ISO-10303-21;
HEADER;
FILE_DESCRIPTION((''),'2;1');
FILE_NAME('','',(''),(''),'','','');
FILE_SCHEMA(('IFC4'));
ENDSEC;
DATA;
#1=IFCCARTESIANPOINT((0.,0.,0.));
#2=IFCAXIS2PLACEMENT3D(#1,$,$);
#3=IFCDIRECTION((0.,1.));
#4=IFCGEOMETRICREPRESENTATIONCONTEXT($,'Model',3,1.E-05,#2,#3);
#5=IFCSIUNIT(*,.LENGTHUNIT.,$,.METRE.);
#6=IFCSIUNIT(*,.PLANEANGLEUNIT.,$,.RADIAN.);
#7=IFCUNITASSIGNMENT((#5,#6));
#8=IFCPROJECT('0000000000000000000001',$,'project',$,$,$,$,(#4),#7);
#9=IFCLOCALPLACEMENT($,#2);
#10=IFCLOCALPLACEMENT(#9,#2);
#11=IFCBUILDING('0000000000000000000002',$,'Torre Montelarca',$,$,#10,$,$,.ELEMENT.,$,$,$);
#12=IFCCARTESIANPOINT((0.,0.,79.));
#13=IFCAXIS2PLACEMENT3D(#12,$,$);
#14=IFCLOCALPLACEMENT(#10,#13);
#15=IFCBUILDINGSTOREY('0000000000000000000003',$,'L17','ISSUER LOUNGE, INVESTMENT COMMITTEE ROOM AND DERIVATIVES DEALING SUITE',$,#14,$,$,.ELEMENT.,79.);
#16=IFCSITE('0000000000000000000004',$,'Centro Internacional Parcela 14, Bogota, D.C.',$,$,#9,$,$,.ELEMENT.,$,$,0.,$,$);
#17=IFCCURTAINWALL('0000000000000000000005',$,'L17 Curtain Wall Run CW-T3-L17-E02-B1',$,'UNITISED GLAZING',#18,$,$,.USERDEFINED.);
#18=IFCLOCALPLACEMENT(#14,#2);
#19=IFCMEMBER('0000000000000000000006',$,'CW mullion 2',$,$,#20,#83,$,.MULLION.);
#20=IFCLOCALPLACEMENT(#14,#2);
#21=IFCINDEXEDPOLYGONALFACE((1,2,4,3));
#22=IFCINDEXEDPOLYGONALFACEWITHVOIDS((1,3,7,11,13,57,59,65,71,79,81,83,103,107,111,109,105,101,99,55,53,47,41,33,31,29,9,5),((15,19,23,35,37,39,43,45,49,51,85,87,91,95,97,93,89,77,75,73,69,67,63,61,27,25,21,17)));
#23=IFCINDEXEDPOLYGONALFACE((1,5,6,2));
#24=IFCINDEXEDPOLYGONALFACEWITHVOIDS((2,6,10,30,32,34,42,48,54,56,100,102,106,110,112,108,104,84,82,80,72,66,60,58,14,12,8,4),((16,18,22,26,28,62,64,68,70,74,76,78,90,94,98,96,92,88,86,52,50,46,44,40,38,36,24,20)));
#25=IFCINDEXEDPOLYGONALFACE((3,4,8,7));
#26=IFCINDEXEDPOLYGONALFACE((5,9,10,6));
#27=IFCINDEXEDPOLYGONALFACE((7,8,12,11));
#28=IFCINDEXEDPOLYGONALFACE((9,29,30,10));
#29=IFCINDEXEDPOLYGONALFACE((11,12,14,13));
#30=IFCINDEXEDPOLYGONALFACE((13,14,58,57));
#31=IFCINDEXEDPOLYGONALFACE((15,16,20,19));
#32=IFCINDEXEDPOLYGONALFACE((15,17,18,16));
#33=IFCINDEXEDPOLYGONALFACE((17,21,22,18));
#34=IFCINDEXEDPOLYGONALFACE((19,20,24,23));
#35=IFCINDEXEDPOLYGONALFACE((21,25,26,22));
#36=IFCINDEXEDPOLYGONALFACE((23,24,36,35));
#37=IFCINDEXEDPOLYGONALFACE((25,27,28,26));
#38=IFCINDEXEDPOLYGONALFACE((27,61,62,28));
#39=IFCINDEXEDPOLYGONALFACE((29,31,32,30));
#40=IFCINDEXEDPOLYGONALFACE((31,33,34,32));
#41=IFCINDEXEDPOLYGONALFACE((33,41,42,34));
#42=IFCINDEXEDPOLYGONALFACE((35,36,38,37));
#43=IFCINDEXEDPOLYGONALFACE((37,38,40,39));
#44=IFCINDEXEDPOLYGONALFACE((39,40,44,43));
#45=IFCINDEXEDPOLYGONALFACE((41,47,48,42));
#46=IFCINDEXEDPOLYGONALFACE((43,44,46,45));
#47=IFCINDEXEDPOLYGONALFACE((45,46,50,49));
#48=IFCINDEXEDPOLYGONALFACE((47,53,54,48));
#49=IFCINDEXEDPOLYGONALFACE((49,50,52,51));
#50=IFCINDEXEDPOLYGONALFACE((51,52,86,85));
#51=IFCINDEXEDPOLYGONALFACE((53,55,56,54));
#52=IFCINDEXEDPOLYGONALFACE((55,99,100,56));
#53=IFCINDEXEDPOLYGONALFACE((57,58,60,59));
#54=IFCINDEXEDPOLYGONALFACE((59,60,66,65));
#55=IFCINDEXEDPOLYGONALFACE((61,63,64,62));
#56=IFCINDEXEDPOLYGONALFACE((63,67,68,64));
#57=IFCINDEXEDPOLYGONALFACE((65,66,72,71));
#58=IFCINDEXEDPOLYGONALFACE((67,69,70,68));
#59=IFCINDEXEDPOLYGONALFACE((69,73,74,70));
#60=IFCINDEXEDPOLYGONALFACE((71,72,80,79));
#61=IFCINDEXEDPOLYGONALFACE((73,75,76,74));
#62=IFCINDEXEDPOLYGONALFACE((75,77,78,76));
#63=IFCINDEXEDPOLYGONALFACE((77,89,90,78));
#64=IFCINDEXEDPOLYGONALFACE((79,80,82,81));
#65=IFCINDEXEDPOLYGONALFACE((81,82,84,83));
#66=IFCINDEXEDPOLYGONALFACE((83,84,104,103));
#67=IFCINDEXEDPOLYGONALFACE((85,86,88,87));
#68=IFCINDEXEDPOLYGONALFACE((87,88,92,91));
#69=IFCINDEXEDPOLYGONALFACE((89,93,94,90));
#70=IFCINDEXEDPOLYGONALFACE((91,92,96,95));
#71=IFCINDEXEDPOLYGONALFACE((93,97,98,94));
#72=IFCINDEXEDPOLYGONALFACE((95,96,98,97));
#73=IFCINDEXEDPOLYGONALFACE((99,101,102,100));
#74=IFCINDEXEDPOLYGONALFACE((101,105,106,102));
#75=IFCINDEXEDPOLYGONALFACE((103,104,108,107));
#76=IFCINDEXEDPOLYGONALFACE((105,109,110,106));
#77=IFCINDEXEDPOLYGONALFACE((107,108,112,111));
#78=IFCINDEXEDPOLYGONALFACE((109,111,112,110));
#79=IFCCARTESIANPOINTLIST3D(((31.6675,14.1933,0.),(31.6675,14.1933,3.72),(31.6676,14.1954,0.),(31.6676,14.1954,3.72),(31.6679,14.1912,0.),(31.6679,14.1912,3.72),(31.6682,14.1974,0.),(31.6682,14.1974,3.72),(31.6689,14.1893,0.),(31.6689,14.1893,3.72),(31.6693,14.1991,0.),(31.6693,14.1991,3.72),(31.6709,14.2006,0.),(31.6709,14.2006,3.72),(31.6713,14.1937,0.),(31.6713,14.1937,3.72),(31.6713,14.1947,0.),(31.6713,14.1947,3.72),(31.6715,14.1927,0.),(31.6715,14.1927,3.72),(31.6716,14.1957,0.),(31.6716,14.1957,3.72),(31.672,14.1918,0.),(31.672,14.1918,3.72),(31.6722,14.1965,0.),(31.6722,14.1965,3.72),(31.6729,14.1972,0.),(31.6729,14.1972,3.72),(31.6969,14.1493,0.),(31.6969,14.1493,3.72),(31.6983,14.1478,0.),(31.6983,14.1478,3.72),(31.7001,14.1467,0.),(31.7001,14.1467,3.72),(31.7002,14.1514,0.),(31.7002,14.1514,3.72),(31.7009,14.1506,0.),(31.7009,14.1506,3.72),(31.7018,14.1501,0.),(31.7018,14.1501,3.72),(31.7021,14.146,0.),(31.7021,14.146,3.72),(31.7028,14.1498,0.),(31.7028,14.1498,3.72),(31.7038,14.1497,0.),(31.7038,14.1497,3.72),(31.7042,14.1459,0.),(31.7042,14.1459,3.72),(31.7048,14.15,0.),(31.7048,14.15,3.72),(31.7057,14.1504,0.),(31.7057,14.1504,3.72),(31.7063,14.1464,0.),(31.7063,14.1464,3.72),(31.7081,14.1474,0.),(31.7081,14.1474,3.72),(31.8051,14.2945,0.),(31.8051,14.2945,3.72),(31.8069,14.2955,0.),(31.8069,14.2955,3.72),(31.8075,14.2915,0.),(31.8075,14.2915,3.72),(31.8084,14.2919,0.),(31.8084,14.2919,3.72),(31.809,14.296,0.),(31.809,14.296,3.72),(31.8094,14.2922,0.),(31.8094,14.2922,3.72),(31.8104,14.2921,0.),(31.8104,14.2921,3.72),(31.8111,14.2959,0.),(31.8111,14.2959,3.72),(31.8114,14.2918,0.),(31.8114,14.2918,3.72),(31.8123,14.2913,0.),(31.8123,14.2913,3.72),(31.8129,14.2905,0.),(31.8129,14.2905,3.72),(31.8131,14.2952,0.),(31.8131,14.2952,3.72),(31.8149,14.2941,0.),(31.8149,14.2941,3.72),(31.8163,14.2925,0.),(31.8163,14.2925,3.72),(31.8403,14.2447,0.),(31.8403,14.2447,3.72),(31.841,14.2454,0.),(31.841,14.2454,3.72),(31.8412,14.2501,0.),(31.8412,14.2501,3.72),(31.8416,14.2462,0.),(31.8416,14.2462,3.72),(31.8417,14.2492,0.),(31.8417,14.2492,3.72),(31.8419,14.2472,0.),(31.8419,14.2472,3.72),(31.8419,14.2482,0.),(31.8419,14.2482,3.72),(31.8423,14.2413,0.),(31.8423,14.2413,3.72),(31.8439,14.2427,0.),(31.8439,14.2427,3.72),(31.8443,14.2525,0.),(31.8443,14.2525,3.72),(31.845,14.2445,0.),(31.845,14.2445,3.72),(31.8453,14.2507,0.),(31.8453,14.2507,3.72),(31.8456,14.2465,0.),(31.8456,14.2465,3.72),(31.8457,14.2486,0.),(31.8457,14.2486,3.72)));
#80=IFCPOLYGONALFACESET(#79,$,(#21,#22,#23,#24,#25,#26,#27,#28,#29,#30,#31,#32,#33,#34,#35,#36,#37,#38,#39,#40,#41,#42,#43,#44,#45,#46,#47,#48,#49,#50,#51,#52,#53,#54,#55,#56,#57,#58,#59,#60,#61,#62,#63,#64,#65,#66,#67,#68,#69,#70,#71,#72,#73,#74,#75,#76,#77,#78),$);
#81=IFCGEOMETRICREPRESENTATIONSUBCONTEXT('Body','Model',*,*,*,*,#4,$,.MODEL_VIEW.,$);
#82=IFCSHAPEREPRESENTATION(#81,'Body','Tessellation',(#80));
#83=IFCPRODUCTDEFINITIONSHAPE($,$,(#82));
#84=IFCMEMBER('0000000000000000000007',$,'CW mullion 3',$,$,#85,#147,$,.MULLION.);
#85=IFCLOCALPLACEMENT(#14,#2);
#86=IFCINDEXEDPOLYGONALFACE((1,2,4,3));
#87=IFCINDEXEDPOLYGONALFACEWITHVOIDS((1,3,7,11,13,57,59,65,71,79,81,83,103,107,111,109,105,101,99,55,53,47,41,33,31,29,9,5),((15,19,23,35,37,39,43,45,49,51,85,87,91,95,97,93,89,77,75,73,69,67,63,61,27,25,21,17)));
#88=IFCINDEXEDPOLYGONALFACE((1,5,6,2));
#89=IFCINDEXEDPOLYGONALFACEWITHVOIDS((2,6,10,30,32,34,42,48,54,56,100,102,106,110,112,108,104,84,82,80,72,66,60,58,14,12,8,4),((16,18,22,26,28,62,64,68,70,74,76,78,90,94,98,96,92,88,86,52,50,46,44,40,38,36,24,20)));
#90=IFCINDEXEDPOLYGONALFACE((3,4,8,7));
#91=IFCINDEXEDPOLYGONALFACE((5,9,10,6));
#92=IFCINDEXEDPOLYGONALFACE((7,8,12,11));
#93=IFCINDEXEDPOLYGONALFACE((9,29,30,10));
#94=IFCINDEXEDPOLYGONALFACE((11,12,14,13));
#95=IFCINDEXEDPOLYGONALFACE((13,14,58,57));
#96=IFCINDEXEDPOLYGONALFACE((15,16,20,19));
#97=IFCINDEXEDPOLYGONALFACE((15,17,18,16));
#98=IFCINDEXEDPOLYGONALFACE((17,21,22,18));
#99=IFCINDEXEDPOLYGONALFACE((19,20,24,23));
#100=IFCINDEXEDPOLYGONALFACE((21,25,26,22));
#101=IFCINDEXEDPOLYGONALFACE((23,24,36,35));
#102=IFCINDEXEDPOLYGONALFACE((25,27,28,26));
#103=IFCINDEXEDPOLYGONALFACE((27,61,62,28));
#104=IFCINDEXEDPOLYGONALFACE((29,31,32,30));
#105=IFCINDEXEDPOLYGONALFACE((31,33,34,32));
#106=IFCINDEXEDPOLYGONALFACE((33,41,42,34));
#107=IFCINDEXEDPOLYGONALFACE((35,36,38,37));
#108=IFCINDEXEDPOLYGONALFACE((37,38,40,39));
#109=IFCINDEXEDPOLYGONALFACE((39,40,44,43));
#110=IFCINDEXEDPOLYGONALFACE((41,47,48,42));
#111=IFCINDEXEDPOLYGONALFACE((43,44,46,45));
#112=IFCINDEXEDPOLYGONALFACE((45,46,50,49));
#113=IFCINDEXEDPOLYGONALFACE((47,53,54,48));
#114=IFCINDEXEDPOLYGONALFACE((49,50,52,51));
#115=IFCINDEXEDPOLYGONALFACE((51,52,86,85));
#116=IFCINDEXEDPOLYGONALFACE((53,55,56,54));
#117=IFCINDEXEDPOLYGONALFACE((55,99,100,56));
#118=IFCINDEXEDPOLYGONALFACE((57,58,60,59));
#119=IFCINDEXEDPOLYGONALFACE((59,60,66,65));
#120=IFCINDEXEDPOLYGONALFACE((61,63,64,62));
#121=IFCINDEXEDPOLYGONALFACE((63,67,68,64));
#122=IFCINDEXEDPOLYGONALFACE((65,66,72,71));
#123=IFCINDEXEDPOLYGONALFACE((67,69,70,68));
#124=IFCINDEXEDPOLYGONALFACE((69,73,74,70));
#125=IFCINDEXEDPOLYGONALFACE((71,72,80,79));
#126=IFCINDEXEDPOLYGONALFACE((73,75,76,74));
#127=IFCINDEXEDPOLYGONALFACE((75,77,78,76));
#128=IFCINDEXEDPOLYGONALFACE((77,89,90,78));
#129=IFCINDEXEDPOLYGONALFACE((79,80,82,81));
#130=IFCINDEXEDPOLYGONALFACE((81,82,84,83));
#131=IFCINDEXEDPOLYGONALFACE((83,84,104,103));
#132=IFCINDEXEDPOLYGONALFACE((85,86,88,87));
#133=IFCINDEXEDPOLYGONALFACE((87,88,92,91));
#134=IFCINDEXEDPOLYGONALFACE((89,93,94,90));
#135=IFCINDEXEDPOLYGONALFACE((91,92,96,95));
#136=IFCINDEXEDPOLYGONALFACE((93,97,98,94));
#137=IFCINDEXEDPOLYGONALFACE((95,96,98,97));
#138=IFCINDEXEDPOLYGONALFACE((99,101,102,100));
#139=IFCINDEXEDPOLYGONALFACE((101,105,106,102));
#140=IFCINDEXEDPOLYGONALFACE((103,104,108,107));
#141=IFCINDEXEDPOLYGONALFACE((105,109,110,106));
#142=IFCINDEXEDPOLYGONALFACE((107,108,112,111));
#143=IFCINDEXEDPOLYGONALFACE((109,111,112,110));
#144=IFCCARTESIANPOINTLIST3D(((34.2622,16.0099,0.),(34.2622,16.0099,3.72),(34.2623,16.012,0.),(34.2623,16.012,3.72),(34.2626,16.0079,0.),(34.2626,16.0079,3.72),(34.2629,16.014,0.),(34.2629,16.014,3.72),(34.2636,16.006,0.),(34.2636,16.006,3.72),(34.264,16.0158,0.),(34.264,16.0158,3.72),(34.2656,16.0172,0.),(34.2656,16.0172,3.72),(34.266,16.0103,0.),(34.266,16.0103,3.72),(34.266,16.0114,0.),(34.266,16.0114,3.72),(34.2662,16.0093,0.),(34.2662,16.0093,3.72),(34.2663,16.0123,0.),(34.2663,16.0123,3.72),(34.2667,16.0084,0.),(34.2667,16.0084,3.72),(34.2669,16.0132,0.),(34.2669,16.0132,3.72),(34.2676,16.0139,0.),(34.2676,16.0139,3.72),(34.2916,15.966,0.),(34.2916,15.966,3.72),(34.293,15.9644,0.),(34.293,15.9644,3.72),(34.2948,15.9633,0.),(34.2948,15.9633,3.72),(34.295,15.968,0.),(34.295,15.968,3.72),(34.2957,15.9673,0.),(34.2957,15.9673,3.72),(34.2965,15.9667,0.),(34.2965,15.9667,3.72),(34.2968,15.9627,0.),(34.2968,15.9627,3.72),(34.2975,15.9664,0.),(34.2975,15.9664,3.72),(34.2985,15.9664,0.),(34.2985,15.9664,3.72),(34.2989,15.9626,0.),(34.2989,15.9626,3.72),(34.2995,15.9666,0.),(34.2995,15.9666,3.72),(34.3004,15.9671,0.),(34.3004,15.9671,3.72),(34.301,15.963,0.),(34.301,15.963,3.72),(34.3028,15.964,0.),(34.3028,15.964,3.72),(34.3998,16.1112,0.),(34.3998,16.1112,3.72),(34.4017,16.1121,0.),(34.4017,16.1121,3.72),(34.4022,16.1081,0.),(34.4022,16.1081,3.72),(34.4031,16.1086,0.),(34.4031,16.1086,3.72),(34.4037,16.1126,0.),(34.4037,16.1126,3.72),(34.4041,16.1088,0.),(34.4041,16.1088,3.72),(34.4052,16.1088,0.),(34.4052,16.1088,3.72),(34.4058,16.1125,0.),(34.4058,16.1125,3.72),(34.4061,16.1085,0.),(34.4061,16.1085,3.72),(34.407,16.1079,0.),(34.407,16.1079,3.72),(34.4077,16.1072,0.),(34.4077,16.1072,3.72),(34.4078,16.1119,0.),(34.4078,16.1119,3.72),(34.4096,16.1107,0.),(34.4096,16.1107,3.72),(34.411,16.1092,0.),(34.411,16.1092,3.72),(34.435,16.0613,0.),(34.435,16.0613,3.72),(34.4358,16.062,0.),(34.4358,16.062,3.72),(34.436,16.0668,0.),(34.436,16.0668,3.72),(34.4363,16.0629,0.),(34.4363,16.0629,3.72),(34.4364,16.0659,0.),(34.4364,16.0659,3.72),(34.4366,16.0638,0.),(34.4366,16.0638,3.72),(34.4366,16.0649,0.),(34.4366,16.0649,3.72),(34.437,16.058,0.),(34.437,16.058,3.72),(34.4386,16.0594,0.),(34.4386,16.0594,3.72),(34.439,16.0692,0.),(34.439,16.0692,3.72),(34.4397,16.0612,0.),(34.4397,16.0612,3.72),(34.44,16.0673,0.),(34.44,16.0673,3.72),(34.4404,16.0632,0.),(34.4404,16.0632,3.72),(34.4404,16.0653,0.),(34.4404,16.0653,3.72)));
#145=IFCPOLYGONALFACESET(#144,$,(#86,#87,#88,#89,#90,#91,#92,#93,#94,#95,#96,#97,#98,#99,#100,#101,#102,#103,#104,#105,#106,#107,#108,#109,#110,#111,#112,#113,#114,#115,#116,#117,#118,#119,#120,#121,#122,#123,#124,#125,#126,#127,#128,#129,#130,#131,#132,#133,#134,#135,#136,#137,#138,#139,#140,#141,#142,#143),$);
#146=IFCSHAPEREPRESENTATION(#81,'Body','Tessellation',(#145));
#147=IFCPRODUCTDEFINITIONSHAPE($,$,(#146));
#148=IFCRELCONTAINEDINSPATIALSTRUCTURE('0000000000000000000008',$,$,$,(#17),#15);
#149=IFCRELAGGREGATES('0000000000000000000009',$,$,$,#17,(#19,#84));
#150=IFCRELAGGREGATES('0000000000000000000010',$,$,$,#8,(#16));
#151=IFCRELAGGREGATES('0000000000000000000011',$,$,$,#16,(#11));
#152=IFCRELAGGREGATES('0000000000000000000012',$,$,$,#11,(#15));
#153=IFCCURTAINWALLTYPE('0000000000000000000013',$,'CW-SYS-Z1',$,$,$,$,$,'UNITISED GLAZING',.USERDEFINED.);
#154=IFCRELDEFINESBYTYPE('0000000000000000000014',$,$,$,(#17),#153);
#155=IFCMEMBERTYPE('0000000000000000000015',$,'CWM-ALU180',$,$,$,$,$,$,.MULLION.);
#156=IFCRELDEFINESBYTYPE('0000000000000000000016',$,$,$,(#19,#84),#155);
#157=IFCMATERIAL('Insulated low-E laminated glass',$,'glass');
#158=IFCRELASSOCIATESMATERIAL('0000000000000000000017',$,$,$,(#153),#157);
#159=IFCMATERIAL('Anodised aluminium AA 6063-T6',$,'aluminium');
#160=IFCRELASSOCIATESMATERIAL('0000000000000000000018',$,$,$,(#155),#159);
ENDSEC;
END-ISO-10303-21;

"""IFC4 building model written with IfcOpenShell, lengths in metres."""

from ifc_helpers import new_model, si_unit, direction, frame, origin, origin_2d, place, context, subcontext, project, spatial, hollow_rectangle, extrude, source, transform, mapped, material, material_profile, profile_set, type_object, element, aggregate, save


model = new_model("IFC4")

# Units and contexts
model_context = context("Model", 3, precision=1e-05, world=origin(), true_north=direction((0.0, 1.0)))
body_context = subcontext(model_context, "Body", "Model", "MODEL_VIEW")
ifc_project = project(units=[si_unit("LENGTHUNIT", "METRE"), si_unit("PLANEANGLEUNIT", "RADIAN")], contexts=[model_context])

# Site, building, storey
site_placement = place(None, origin())
site = spatial("IfcSite", under=ifc_project, at=site_placement, Name="Centro Internacional Parcela 14, Bogota, D.C.", CompositionType="ELEMENT", RefElevation=0.0)
building_placement = place(site_placement, origin())
building = spatial("IfcBuilding", under=site, at=building_placement, Name="Torre Montelarca", CompositionType="ELEMENT")
storey_placement = place(building_placement, frame((0.0, 0.0, 79.0)))
storey = spatial("IfcBuildingStorey", under=building, at=storey_placement, Name="L17", Description="ISSUER LOUNGE, INVESTMENT COMMITTEE ROOM AND DERIVATIVES DEALING SUITE", CompositionType="ELEMENT", Elevation=79.0)

# Curtain wall
ifc_material_1 = material(Name="Insulated low-E laminated glass", Category="glass")
curtain_wall_type = type_object("IfcCurtainWallType", Name="CW-SYS-Z1", ElementType="UNITISED GLAZING", PredefinedType="USERDEFINED", material=ifc_material_1)
ifc_material_2 = material(Name="Anodised aluminium AA 6063-T6", Category="aluminium")
curtain_wall_1_placement = place(storey_placement, origin())
curtain_wall_1 = element("IfcCurtainWall", 1, at=curtain_wall_1_placement, inside=storey, type_object=curtain_wall_type, Name="L17 Curtain Wall Run CW-T3-L17-E02-B1", ObjectType="UNITISED GLAZING", PredefinedType="USERDEFINED")

# Members
ifc_material_profile_1 = material_profile(ifc_material_2, hollow_rectangle(XDim=0.0649, YDim=0.1799, WallThickness=0.0039, InnerFilletRadius=0.0039, OuterFilletRadius=0.0081, at=origin_2d()), Name="ALU65X180X4", Category="aluminium")
ifc_profile_set_1 = profile_set([ifc_material_profile_1], Name="Anodised aluminium AA 6063-T6")
member_type_1 = type_object("IfcMemberType", Name="CWM-ALU180", PredefinedType="MULLION", material=ifc_profile_set_1)
shared_shape_1 = source(origin(), body_context, "Body", "SweptSolid", [
    extrude(hollow_rectangle(XDim=0.0649, YDim=0.1799, WallThickness=0.0039, InnerFilletRadius=0.0039, OuterFilletRadius=0.0081, at=origin_2d()), origin(), (0.0, 0.0, 1.0), 3.72),
])
member_1_placement = place(storey_placement, frame((31.7566, 14.2209, 0.0), z_axis=(0.0, 0.0, 1.0), x_axis=(-0.573561, 0.819163, 0.0)))
member_1 = element("IfcMember", 2, at=member_1_placement, type_object=member_type_1, Name="CW mullion 2", PredefinedType="MULLION", context=body_context, shape_type="MappedRepresentation", body=[
    mapped(shared_shape_1, transform((0.0, 0.0, 0.0), scale=1.0)),
])
member_2_placement = place(storey_placement, frame((34.3513, 16.0376, 0.0), z_axis=(0.0, 0.0, 1.0), x_axis=(-0.573561, 0.819163, 0.0)))
member_2 = element("IfcMember", 3, at=member_2_placement, type_object=member_type_1, Name="CW mullion 3", PredefinedType="MULLION", context=body_context, shape_type="MappedRepresentation", body=[
    mapped(shared_shape_1, transform((0.0, 0.0, 0.0), scale=1.0)),
])

aggregate(curtain_wall_1, [member_1, member_2])

save(model, "model.ifc")
